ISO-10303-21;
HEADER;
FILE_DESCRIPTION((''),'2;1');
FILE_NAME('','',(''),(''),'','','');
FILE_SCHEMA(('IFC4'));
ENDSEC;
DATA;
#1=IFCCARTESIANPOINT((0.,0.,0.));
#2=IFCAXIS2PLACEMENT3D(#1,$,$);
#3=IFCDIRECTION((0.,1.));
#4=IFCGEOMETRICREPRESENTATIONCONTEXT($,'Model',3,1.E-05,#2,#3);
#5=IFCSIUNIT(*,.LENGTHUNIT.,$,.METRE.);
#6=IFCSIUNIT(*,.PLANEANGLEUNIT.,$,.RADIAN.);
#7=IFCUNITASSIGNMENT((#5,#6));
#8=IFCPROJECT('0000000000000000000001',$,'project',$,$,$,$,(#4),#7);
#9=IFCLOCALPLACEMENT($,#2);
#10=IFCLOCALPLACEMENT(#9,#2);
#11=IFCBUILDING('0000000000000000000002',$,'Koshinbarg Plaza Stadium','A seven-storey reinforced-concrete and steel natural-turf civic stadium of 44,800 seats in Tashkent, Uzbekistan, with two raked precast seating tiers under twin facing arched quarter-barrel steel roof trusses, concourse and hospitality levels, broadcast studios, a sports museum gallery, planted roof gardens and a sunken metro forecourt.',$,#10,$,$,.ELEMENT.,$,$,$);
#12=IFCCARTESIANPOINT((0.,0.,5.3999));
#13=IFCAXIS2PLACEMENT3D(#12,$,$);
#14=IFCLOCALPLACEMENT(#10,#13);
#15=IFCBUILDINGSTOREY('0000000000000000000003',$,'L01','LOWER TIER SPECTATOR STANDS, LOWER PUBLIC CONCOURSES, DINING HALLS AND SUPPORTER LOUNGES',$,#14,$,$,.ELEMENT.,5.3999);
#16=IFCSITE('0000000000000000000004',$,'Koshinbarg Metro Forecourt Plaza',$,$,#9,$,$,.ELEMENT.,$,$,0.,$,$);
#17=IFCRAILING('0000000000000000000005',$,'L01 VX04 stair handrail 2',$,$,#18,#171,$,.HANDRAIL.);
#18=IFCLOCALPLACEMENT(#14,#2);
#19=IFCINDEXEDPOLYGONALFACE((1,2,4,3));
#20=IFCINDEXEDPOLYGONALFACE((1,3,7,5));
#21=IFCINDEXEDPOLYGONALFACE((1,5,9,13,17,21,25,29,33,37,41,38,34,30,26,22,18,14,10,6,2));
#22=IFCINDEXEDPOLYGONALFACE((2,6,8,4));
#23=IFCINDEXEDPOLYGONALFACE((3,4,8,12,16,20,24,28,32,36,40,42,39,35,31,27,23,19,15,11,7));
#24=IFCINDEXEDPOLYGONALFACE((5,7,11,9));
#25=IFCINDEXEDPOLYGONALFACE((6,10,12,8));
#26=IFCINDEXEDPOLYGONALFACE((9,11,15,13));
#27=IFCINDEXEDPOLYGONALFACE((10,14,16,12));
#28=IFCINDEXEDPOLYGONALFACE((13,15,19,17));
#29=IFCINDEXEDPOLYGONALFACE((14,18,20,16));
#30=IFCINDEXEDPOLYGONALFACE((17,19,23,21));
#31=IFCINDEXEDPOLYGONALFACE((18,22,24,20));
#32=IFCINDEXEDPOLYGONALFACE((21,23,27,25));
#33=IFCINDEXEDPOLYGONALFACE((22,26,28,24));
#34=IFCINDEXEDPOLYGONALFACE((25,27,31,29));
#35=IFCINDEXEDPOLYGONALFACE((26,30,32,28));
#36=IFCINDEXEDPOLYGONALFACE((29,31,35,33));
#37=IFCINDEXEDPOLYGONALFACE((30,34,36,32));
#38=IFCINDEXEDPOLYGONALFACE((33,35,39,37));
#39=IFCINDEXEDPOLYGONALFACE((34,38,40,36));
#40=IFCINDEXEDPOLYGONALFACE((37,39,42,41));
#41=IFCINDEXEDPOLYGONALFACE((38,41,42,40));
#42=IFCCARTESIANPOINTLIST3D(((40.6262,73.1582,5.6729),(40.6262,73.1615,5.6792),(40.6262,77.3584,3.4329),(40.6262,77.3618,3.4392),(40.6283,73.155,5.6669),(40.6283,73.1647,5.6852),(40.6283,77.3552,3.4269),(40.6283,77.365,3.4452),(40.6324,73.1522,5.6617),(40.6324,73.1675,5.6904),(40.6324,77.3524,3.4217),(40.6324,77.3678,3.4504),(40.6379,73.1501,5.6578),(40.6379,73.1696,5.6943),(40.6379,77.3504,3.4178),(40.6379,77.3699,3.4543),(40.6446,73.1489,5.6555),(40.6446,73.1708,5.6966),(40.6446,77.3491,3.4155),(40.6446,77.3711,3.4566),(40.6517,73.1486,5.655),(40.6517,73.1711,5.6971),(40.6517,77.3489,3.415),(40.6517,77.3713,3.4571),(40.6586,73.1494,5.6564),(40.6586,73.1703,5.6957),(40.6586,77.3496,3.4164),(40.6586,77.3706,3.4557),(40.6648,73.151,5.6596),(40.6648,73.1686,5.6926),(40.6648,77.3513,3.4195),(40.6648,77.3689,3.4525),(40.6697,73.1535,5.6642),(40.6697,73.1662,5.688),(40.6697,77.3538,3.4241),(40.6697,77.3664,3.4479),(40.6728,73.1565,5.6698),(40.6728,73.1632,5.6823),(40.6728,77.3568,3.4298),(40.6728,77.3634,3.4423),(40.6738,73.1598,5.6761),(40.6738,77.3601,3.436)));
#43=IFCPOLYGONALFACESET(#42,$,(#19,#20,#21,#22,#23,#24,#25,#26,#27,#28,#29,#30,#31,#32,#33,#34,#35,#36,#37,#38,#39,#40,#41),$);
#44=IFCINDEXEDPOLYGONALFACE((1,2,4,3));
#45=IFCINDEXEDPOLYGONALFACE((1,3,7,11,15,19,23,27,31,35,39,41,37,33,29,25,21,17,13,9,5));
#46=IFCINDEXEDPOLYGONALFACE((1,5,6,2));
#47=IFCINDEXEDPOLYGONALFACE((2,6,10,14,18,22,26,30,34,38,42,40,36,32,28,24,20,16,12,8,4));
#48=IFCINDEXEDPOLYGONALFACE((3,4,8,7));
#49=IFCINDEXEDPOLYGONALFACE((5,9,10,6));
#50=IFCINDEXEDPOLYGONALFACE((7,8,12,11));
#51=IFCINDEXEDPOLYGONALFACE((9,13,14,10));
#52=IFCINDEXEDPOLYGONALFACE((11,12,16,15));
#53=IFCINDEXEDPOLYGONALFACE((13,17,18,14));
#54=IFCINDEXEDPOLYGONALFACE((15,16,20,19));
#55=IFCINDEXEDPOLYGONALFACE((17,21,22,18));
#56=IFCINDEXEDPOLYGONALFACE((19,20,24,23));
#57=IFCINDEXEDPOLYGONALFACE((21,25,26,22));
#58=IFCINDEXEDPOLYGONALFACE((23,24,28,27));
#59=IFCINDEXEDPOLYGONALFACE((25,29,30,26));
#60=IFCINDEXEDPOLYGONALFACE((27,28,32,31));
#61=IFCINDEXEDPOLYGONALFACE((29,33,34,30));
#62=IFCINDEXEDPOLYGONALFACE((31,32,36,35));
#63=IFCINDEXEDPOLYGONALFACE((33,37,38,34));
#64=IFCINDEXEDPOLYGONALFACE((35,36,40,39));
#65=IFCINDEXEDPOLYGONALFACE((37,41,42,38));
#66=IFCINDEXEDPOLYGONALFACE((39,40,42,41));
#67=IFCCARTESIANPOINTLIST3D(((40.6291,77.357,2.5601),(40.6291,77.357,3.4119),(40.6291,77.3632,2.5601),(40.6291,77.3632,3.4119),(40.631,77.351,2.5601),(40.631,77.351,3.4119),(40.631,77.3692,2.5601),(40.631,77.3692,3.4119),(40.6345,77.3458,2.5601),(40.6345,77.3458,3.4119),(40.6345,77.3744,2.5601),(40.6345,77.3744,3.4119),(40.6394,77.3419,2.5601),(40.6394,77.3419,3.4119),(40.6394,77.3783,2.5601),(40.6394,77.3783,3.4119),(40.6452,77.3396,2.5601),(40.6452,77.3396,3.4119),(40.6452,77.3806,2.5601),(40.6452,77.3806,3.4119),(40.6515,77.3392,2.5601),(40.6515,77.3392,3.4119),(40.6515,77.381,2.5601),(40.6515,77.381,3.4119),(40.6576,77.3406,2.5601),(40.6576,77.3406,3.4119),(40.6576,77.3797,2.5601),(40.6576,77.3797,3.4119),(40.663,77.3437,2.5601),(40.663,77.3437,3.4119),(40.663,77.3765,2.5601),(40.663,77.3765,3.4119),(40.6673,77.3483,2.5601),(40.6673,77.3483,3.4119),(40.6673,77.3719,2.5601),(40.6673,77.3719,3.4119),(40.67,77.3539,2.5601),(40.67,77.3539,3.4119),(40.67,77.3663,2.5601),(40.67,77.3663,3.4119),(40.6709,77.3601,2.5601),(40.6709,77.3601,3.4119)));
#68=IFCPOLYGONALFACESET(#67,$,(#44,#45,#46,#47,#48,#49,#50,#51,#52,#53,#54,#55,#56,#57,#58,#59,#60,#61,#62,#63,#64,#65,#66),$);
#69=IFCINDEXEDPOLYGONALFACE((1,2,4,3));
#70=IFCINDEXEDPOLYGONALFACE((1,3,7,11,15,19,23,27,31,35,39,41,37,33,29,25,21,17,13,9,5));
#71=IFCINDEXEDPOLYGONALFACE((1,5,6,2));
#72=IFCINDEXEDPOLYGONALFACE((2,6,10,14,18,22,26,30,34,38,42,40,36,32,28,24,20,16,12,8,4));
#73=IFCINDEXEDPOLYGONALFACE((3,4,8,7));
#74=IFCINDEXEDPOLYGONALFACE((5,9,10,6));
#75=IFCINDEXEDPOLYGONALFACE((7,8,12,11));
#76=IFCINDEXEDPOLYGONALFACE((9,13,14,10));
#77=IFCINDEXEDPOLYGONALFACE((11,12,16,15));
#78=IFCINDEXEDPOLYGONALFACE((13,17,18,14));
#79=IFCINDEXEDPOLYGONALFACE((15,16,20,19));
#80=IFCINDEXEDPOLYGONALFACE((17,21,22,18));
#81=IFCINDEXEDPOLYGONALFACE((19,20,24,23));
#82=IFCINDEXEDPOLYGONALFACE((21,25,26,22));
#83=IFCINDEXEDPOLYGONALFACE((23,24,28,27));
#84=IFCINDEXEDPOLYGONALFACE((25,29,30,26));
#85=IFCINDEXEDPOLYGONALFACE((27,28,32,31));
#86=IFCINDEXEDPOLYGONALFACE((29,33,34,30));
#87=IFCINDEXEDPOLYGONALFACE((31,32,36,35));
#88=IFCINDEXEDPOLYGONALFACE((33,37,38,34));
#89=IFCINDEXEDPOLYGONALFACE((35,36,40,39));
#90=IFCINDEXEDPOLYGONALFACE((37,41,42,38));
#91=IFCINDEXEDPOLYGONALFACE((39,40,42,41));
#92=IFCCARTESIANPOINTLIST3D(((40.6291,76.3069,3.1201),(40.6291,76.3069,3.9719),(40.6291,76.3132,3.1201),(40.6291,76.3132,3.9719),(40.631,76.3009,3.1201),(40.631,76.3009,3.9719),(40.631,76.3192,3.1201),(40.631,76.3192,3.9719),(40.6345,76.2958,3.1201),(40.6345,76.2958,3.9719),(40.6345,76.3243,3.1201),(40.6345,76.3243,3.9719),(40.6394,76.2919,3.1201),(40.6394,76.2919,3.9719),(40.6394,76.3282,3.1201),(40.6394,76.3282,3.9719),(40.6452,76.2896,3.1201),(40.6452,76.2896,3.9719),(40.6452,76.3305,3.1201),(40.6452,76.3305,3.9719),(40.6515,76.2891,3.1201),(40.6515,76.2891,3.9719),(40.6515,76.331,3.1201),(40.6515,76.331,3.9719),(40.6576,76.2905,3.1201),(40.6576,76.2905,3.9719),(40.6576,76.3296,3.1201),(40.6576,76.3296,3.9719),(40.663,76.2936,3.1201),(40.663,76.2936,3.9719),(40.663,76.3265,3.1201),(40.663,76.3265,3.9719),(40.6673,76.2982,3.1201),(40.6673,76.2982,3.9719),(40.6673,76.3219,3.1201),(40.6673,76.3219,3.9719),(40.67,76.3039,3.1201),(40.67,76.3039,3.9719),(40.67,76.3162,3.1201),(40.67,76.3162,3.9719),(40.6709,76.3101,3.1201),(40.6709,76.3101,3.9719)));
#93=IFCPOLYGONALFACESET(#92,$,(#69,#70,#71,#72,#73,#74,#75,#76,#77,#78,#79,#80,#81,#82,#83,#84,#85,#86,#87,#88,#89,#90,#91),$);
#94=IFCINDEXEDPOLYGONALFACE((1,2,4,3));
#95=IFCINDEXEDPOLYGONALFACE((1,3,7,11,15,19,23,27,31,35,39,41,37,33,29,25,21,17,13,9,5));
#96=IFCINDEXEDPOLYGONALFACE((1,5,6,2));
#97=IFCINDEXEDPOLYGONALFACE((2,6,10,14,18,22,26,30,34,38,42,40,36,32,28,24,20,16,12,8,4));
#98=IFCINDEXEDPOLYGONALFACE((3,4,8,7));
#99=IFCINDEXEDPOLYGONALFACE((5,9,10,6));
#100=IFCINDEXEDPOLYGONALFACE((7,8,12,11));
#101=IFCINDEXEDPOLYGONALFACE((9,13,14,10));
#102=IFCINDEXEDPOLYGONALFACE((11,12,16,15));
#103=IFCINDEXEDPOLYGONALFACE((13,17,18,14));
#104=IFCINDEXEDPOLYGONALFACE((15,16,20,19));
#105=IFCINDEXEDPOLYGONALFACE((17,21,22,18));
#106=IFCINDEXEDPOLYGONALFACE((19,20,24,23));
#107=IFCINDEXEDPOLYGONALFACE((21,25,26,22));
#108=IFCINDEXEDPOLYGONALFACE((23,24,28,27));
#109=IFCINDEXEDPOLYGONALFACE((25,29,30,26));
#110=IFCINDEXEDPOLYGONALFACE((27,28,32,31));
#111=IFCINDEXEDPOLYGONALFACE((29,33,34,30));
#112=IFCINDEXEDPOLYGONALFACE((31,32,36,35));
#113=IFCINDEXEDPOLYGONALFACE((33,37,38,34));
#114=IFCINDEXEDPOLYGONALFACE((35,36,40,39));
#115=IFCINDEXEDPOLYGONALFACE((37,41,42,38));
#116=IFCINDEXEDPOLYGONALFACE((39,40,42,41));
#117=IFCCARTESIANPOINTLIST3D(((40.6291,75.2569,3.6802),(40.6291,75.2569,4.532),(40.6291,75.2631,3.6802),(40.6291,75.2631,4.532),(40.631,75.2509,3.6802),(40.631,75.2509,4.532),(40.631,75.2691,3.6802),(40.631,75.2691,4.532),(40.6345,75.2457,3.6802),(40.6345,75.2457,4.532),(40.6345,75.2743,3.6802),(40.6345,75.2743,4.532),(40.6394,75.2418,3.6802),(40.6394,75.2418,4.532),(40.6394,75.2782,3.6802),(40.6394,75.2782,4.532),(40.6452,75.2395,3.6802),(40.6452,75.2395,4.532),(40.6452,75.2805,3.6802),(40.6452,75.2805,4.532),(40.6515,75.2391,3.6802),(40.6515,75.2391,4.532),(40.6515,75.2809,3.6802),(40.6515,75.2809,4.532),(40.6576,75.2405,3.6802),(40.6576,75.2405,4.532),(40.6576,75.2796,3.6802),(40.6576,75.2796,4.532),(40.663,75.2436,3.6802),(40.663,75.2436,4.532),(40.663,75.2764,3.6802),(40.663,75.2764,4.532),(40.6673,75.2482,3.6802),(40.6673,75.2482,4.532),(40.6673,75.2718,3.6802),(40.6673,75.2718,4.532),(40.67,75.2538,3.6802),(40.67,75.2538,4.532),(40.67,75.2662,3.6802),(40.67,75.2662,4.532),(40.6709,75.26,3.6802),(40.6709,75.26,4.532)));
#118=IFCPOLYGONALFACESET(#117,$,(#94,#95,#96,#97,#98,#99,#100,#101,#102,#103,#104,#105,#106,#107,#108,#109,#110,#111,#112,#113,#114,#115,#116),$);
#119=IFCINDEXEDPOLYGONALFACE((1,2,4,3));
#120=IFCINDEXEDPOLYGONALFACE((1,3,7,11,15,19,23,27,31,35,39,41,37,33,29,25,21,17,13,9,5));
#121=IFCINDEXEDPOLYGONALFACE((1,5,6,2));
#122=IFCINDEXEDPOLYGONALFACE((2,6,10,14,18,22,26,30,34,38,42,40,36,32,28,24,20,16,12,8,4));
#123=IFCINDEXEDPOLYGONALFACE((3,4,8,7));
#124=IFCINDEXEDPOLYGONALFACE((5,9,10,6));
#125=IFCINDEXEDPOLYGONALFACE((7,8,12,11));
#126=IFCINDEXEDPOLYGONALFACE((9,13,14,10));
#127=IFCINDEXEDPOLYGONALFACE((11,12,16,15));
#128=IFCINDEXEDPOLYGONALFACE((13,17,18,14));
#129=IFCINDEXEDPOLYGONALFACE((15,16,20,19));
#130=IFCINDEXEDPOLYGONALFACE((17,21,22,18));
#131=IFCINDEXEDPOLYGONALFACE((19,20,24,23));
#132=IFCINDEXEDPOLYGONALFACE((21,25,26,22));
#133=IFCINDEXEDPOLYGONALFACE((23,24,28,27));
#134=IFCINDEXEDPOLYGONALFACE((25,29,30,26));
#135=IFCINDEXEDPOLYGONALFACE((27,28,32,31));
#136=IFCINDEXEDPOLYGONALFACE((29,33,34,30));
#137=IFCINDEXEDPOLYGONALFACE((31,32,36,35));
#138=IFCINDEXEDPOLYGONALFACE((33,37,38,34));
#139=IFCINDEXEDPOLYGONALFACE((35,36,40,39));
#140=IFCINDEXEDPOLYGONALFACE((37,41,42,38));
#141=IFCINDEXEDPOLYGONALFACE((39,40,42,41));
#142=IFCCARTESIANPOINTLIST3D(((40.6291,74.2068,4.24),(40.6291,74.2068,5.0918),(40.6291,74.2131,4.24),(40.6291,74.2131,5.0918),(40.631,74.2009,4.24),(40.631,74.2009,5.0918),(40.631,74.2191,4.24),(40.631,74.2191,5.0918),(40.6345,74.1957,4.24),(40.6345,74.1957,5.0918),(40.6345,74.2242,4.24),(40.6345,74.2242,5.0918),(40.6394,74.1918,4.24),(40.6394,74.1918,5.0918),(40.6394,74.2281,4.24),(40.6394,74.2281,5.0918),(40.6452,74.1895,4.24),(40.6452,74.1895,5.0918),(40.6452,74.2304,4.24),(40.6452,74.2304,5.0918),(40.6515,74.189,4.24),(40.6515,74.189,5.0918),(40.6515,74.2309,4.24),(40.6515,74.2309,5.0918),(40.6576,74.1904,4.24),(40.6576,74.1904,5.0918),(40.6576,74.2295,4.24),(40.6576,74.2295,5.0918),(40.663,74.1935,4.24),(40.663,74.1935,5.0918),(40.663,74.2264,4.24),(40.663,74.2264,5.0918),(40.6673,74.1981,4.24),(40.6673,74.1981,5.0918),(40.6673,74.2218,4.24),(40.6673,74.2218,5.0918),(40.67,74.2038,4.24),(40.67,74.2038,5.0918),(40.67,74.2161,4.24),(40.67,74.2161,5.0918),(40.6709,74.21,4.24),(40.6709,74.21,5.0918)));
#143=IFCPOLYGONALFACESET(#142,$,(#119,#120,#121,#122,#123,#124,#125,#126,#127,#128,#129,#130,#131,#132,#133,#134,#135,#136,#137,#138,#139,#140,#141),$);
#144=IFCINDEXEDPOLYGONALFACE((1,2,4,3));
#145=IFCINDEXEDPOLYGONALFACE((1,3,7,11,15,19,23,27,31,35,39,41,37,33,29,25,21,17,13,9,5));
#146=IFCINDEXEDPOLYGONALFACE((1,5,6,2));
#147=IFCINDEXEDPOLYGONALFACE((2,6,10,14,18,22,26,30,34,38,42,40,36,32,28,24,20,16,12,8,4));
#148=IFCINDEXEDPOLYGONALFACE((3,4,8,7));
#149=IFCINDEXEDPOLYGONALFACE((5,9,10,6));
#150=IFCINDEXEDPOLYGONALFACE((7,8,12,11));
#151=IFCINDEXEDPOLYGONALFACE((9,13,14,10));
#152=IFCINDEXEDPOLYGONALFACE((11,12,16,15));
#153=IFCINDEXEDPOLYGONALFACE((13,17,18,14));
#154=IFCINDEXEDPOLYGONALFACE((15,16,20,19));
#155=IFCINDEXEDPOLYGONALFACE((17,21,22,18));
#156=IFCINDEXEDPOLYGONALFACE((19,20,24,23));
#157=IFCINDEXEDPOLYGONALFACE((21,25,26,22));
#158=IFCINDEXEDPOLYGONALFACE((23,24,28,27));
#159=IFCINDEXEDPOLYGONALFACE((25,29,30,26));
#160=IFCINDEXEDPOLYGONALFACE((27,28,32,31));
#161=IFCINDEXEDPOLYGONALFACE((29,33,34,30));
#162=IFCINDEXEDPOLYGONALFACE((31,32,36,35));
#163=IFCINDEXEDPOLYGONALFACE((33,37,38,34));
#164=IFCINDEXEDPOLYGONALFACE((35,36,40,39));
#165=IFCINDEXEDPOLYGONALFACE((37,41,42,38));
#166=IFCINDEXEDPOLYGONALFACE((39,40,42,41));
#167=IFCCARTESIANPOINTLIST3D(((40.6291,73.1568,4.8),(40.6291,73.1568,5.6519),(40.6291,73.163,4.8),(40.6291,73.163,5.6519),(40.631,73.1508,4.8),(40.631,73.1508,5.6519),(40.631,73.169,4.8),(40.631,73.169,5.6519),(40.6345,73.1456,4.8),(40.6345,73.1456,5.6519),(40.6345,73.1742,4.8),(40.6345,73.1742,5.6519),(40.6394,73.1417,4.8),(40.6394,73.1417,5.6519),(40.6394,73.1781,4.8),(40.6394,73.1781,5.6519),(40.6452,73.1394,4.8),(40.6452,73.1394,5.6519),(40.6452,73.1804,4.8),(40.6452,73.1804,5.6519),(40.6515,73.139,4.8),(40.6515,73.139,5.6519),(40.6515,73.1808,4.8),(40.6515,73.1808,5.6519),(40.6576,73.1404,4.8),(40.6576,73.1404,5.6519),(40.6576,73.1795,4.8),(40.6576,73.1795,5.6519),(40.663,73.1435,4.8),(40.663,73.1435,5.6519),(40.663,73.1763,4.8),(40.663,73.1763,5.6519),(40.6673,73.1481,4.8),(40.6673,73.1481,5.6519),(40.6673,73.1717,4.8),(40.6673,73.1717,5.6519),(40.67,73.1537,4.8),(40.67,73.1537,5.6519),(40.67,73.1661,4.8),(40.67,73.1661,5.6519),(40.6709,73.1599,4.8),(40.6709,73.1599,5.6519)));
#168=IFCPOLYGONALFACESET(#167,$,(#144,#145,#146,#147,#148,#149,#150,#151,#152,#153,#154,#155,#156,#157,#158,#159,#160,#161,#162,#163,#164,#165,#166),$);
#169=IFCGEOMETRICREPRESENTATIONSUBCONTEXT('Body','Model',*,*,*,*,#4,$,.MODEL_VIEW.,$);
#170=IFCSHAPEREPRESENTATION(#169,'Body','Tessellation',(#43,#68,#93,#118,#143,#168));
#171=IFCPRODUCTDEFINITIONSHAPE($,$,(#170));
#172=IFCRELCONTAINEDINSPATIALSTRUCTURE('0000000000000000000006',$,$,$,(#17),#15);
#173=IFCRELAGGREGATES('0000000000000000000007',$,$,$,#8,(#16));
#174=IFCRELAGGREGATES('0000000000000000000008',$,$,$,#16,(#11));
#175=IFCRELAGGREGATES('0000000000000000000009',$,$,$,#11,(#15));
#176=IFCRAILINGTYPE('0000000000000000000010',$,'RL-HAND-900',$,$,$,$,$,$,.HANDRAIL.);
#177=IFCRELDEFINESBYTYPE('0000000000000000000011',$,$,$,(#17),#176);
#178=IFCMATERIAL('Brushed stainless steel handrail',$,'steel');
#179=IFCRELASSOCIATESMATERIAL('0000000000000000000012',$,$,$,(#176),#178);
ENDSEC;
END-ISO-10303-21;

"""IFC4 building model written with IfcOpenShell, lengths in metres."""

from ifc_helpers import new_model, si_unit, direction, frame, origin, origin_2d, place, context, subcontext, project, spatial, circle, extrude, material, type_object, element, save


model = new_model("IFC4")

# Units and contexts
model_context = context("Model", 3, precision=1e-05, world=origin(), true_north=direction((0.0, 1.0)))
body_context = subcontext(model_context, "Body", "Model", "MODEL_VIEW")
ifc_project = project(units=[si_unit("LENGTHUNIT", "METRE"), si_unit("PLANEANGLEUNIT", "RADIAN")], contexts=[model_context])

# Site, building, storey
site_placement = place(None, origin())
site = spatial("IfcSite", under=ifc_project, at=site_placement, Name="Koshinbarg Metro Forecourt Plaza", CompositionType="ELEMENT", RefElevation=0.0)
building_placement = place(site_placement, origin())
building = spatial("IfcBuilding", under=site, at=building_placement, Name="Koshinbarg Plaza Stadium", Description="A seven-storey reinforced-concrete and steel natural-turf civic stadium of 44,800 seats in Tashkent, Uzbekistan, with two raked precast seating tiers under twin facing arched quarter-barrel steel roof trusses, concourse and hospitality levels, broadcast studios, a sports museum gallery, planted roof gardens and a sunken metro forecourt.", CompositionType="ELEMENT")
storey_placement = place(building_placement, frame((0.0, 0.0, 5.3999)))
storey = spatial("IfcBuildingStorey", under=building, at=storey_placement, Name="L01", Description="LOWER TIER SPECTATOR STANDS, LOWER PUBLIC CONCOURSES, DINING HALLS AND SUPPORTER LOUNGES", CompositionType="ELEMENT", Elevation=5.3999)

# Railing
ifc_material_1 = material(Name="Brushed stainless steel handrail", Category="steel")
railing_type_1 = type_object("IfcRailingType", Name="RL-HAND-900", PredefinedType="HANDRAIL", material=ifc_material_1)
railing_1_placement = place(storey_placement, frame((40.6499, 77.3601, 2.5601)))
element("IfcRailing", 1, at=railing_1_placement, inside=storey, type_object=railing_type_1, Name="L01 VX04 stair handrail 2", PredefinedType="HANDRAIL", context=body_context, shape_type="SweptSolid", body=[
    extrude(circle(Radius=0.0239, at=origin_2d()), frame((0.0, 0.0, 0.876), z_axis=(0.0, -0.882363, 0.47057), x_axis=(1.0, 0.0, 0.0)), (0.0, 0.0, 1.0), 4.7603),
    extrude(circle(Radius=0.021, at=origin_2d()), origin(), (0.0, 0.0, 1.0), 0.8518),
    extrude(circle(Radius=0.021, at=origin_2d()), frame((0.0, -1.05, 0.5601)), (0.0, 0.0, 1.0), 0.8518),
    extrude(circle(Radius=0.021, at=origin_2d()), frame((0.0, -2.1001, 1.1201)), (0.0, 0.0, 1.0), 0.8518),
    extrude(circle(Radius=0.021, at=origin_2d()), frame((0.0, -3.1501, 1.6799)), (0.0, 0.0, 1.0), 0.8518),
    extrude(circle(Radius=0.021, at=origin_2d()), frame((0.0, -4.2002, 2.24)), (0.0, 0.0, 1.0), 0.8518),
])

save(model, "model.ifc")
